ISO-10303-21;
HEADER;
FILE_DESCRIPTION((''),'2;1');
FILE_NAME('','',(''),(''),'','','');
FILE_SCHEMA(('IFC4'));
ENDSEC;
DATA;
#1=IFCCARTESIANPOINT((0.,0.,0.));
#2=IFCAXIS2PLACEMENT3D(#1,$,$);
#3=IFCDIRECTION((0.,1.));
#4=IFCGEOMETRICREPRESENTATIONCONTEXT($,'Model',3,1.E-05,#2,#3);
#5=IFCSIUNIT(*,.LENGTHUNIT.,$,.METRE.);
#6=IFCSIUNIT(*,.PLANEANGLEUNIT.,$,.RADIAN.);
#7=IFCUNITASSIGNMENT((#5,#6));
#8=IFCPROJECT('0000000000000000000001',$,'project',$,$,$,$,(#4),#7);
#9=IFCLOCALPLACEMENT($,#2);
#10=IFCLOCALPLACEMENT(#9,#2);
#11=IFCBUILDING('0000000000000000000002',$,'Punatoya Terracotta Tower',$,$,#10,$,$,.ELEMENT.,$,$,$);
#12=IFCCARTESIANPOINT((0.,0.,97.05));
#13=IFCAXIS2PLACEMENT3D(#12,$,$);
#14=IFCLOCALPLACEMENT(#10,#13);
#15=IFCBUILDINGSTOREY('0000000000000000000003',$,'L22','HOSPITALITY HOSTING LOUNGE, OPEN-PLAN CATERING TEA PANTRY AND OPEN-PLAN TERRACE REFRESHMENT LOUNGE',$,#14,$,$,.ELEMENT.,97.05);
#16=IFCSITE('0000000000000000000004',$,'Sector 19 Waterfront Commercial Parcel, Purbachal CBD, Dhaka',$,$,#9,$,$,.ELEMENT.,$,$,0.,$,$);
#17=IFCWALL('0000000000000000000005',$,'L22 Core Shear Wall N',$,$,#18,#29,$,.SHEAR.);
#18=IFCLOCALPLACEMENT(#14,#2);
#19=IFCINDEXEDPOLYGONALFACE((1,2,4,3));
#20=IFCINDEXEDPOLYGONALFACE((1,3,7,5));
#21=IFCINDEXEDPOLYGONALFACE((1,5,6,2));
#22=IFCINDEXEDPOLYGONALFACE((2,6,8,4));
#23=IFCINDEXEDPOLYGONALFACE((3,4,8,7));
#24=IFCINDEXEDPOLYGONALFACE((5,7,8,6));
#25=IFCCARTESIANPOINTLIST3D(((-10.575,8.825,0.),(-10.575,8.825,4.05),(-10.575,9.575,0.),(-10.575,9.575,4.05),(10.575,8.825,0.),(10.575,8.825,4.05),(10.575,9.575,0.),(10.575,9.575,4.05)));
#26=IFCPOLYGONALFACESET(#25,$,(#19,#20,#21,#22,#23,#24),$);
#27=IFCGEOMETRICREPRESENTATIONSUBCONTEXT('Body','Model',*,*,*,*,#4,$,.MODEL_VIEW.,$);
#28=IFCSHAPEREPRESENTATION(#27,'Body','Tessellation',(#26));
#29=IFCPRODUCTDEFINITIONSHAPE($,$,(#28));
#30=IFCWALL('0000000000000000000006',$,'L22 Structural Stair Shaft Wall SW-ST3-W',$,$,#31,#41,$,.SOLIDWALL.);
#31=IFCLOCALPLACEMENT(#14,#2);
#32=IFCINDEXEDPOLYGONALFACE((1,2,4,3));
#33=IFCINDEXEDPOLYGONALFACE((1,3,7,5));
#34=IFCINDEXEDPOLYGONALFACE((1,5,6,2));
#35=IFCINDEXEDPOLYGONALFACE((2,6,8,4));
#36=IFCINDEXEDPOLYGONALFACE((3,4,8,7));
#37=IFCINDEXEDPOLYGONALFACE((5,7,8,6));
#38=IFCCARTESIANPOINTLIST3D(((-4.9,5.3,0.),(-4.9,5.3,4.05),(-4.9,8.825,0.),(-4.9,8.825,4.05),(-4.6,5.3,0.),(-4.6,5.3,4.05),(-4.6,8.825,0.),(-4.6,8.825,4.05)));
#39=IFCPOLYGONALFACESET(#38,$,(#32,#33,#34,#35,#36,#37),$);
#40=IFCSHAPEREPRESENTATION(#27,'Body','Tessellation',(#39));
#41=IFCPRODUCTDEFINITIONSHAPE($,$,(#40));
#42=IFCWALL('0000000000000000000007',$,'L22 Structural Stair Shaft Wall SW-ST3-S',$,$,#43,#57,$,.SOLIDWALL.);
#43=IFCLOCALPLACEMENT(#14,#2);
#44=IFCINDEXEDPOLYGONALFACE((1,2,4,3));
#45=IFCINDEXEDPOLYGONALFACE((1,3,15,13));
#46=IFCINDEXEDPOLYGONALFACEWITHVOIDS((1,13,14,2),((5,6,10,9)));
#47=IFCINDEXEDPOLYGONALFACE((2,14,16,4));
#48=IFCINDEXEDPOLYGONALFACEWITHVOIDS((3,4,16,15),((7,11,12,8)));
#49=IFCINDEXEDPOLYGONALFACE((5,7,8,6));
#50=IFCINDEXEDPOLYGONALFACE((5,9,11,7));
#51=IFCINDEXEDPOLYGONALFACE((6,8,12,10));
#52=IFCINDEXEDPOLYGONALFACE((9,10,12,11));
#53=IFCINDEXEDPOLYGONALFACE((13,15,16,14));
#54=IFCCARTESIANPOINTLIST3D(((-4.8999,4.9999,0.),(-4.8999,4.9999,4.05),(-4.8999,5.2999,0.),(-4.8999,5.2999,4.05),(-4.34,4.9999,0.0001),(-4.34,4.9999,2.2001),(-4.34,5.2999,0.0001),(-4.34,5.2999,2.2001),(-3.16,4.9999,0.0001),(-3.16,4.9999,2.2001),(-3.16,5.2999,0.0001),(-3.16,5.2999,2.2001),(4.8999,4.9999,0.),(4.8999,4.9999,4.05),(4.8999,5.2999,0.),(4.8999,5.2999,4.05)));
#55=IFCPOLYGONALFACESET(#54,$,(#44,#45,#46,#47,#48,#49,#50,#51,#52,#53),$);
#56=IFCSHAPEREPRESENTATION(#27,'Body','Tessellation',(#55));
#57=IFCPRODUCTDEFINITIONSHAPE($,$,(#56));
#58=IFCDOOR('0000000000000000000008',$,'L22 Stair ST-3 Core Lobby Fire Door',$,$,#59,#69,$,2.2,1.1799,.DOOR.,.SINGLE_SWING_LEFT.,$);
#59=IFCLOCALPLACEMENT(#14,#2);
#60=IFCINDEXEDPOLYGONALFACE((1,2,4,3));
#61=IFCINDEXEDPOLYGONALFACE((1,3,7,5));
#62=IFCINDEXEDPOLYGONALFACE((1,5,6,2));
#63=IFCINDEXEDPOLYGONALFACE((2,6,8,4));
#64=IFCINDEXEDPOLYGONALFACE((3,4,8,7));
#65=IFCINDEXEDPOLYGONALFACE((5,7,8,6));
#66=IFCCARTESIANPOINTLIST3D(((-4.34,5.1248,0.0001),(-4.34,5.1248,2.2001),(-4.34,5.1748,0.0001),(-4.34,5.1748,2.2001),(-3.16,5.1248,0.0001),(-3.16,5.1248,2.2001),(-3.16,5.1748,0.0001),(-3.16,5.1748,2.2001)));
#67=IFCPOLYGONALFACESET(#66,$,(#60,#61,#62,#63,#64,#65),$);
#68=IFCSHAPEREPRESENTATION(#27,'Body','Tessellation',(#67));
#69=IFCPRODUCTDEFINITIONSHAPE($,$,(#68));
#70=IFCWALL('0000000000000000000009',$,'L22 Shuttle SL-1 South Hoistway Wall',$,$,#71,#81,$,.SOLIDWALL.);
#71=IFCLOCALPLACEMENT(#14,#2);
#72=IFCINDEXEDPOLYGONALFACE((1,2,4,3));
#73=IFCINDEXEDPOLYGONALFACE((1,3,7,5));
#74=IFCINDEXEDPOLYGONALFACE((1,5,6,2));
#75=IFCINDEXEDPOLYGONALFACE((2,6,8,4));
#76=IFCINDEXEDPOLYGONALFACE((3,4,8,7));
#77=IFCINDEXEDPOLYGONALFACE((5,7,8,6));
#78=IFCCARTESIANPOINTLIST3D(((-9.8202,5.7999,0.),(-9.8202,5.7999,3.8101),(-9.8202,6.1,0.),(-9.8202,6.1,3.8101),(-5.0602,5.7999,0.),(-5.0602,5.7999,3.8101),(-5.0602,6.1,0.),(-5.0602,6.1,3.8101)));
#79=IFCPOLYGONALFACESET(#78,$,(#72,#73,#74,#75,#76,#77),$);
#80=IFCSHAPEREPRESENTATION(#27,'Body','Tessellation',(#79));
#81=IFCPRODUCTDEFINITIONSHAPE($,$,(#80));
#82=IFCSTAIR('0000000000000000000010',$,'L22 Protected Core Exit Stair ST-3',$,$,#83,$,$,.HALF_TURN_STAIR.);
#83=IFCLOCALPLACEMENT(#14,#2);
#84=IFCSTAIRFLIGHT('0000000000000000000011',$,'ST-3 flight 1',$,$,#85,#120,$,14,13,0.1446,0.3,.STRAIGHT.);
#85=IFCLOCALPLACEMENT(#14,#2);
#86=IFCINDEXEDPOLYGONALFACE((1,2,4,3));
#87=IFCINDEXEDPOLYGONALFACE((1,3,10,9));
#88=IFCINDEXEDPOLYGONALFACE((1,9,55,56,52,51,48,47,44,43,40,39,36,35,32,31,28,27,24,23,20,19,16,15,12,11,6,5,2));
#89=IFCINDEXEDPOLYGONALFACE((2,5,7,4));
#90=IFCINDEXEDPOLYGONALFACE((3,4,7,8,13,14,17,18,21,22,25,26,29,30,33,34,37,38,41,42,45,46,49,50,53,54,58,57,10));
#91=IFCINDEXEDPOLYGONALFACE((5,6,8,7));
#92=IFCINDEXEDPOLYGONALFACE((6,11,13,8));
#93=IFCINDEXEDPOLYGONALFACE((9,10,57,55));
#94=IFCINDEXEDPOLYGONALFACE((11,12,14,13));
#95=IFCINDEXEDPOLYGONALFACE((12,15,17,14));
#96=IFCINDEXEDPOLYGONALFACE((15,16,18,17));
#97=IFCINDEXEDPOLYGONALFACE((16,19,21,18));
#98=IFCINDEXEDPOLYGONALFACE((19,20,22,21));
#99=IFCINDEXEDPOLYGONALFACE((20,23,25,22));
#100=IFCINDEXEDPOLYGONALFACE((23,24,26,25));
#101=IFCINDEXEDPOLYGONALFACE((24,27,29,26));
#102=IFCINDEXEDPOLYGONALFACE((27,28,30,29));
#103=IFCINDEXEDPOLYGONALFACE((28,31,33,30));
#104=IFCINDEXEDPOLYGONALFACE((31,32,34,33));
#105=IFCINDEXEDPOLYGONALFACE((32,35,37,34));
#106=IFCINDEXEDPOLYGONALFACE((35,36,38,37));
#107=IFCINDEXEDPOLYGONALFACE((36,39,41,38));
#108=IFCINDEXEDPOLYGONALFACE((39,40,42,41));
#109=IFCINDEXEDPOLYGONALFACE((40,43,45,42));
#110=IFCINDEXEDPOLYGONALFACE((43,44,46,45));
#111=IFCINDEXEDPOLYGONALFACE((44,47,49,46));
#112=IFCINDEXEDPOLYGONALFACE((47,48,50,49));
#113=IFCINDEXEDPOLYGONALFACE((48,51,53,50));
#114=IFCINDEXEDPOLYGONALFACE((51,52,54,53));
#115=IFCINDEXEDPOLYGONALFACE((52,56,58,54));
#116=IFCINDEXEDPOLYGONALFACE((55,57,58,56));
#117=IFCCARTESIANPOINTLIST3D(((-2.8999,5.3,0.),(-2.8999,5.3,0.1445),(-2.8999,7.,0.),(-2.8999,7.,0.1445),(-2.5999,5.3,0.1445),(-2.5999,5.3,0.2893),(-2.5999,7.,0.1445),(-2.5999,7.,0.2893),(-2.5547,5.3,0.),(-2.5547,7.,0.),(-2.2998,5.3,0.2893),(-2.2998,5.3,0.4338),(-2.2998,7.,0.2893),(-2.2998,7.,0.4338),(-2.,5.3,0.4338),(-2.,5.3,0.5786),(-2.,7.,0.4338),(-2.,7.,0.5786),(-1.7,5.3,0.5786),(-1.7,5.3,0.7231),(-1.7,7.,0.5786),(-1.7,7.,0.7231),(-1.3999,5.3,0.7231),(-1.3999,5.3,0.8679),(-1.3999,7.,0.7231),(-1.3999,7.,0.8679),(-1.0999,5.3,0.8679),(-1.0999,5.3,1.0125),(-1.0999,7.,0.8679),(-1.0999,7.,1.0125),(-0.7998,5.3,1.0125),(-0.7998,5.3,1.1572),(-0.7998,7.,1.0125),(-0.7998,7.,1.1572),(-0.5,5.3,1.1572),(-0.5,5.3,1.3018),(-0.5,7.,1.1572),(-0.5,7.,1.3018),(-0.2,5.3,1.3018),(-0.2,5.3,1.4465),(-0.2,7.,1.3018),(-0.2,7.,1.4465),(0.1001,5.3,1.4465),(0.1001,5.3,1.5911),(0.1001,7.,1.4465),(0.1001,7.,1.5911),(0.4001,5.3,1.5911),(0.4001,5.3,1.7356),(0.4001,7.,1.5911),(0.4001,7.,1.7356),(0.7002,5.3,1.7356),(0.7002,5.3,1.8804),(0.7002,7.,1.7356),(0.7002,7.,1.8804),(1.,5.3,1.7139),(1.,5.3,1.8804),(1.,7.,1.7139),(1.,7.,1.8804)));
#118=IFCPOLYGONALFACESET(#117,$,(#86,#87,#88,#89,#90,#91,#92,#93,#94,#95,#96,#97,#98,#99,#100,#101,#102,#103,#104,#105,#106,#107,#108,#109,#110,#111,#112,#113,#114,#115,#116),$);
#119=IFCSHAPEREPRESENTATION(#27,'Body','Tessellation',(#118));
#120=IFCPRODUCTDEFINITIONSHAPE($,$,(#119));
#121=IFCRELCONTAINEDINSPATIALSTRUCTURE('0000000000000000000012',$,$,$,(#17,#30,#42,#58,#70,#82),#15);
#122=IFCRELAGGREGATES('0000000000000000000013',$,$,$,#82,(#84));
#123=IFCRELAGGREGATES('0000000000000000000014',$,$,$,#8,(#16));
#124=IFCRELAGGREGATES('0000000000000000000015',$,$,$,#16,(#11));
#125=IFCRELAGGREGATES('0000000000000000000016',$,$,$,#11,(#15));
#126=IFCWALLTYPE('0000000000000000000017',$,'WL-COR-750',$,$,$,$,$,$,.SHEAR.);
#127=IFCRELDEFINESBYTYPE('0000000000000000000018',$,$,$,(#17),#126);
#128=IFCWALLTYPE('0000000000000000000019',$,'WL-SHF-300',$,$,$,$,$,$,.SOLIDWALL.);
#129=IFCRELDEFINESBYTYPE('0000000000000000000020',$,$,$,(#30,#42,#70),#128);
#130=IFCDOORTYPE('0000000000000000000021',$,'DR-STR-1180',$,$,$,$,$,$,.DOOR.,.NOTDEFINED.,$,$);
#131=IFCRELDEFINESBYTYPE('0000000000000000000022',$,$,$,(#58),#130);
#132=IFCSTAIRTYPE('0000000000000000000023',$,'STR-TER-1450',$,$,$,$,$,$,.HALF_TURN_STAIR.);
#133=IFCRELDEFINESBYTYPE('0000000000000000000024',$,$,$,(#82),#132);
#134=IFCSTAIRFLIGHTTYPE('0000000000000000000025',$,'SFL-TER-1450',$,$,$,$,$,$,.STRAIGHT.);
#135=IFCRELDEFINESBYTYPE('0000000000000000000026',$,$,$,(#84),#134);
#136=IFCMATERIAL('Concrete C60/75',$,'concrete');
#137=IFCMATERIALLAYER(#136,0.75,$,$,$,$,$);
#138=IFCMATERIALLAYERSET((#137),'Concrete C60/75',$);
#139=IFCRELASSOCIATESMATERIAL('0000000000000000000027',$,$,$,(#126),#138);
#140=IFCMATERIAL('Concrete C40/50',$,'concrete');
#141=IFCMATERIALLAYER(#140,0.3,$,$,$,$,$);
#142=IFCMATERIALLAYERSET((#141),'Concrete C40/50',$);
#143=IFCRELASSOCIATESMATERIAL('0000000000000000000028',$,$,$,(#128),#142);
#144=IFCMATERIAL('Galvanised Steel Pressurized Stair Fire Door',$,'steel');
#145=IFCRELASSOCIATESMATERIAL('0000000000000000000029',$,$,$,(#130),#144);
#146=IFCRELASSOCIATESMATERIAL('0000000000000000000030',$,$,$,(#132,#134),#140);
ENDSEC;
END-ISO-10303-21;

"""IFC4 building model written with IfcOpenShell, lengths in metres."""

from ifc_helpers import new_model, si_unit, direction, frame, frame_2d, origin, place, context, subcontext, project, spatial, polyline, rectangle, outline, extrude, material, layer, layer_set, type_object, element, fill, aggregate, save


model = new_model("IFC4")

# Units and contexts
model_context = context("Model", 3, precision=1e-05, world=origin(), true_north=direction((0.0, 1.0)))
body_context = subcontext(model_context, "Body", "Model", "MODEL_VIEW")
ifc_project = project(units=[si_unit("LENGTHUNIT", "METRE"), si_unit("PLANEANGLEUNIT", "RADIAN")], contexts=[model_context])

# Site, building, storey
site_placement = place(None, origin())
site = spatial("IfcSite", under=ifc_project, at=site_placement, Name="Sector 19 Waterfront Commercial Parcel, Purbachal CBD, Dhaka", CompositionType="ELEMENT", RefElevation=0.0)
building_placement = place(site_placement, origin())
building = spatial("IfcBuilding", under=site, at=building_placement, Name="Punatoya Terracotta Tower", CompositionType="ELEMENT")
storey_placement = place(building_placement, frame((0.0, 0.0, 97.05)))
storey = spatial("IfcBuildingStorey", under=building, at=storey_placement, Name="L22", Description="HOSPITALITY HOSTING LOUNGE, OPEN-PLAN CATERING TEA PANTRY AND OPEN-PLAN TERRACE REFRESHMENT LOUNGE", CompositionType="ELEMENT", Elevation=97.05)

# Shared definitions
ifc_material_1 = material(Name="Concrete C40/50", Category="concrete")

# Walls
ifc_material_2 = material(Name="Concrete C60/75", Category="concrete")
ifc_layer_1 = layer(ifc_material_2, 0.75)
ifc_layer_set_1 = layer_set([ifc_layer_1], Name="Concrete C60/75")
wall_type_1 = type_object("IfcWallType", Name="WL-COR-750", PredefinedType="SHEAR", material=ifc_layer_set_1)
wall_1_placement = place(storey_placement, frame((-10.575, 9.2, 0.0), z_axis=(0.0, 0.0, 1.0), x_axis=(1.0, 0.0, 0.0)))
element("IfcWall", 1, at=wall_1_placement, inside=storey, type_object=wall_type_1, Name="L22 Core Shear Wall N", PredefinedType="SHEAR", context=body_context, shape_type="SweptSolid", body=[
    extrude(rectangle(XDim=21.1499, YDim=0.75, at=frame_2d((10.575, 0.0))), origin(), (0.0, 0.0, 1.0), 4.05),
])
ifc_layer_2 = layer(ifc_material_1, 0.3)
ifc_layer_set_2 = layer_set([ifc_layer_2], Name="Concrete C40/50")
wall_type_2 = type_object("IfcWallType", Name="WL-SHF-300", PredefinedType="SOLIDWALL", material=ifc_layer_set_2)
wall_2_placement = place(storey_placement, frame((-4.75, 5.3, 0.0), z_axis=(0.0, 0.0, 1.0), x_axis=(0.0, 1.0, 0.0)))
element("IfcWall", 2, at=wall_2_placement, inside=storey, type_object=wall_type_2, Name="L22 Structural Stair Shaft Wall SW-ST3-W", PredefinedType="SOLIDWALL", context=body_context, shape_type="SweptSolid", body=[
    extrude(rectangle(XDim=3.5249, YDim=0.3, at=frame_2d((1.7625, 0.0))), origin(), (0.0, 0.0, 1.0), 4.05),
])

# Wall, opening, door
wall_3_placement = place(storey_placement, frame((-4.8999, 5.1499, 0.0), z_axis=(0.0, 0.0, 1.0), x_axis=(1.0, 0.0, 0.0)))
wall_3 = element("IfcWall", 3, at=wall_3_placement, inside=storey, type_object=wall_type_2, Name="L22 Structural Stair Shaft Wall SW-ST3-S", PredefinedType="SOLIDWALL", context=body_context, shape_type="SweptSolid", body=[
    extrude(rectangle(XDim=9.7998, YDim=0.3, at=frame_2d((4.8999, 0.0))), origin(), (0.0, 0.0, 1.0), 4.05),
])
opening_1_placement = place(wall_3_placement, frame((0.5601, 0.0, 0.0)))
opening_1 = element("IfcOpeningElement", 4, at=opening_1_placement, cuts=wall_3, PredefinedType="OPENING", context=body_context, shape_type="SweptSolid", body=[
    extrude(rectangle(XDim=1.1799, YDim=2.2, at=frame_2d((0.5898, 1.1001))), frame((0.0, 0.1599, 0.0), z_axis=(0.0, -1.0, 0.0), x_axis=(1.0, 0.0, 0.0)), (0.0, 0.0, 1.0), 0.3201),
])
ifc_material_3 = material(Name="Galvanised Steel Pressurized Stair Fire Door", Category="steel")
door_type_1 = type_object("IfcDoorType", Name="DR-STR-1180", OperationType="NOTDEFINED", PredefinedType="DOOR", material=ifc_material_3)
door_1_placement = place(opening_1_placement, origin())
door_1 = element("IfcDoor", 5, at=door_1_placement, inside=storey, type_object=door_type_1, Name="L22 Stair ST-3 Core Lobby Fire Door", OperationType="SINGLE_SWING_LEFT", OverallHeight=2.2, OverallWidth=1.1799, PredefinedType="DOOR", context=body_context, shape_type="SweptSolid", body=[
    extrude(rectangle(XDim=1.1799, YDim=2.2, at=frame_2d((0.5898, 1.1001))), frame((0.0, 0.0249, 0.0), z_axis=(0.0, -1.0, 0.0), x_axis=(1.0, 0.0, 0.0)), (0.0, 0.0, 1.0), 0.05),
])
fill(opening_1, door_1)

# Wall
wall_4_placement = place(storey_placement, frame((-9.8201, 5.95, 0.0), z_axis=(0.0, 0.0, 1.0), x_axis=(1.0, 0.0, 0.0)))
element("IfcWall", 6, at=wall_4_placement, inside=storey, type_object=wall_type_2, Name="L22 Shuttle SL-1 South Hoistway Wall", PredefinedType="SOLIDWALL", context=body_context, shape_type="SweptSolid", body=[
    extrude(rectangle(XDim=4.76, YDim=0.3, at=frame_2d((2.3799, 0.0))), origin(), (0.0, 0.0, 1.0), 3.8101),
])

# Stair, stair flight
stair_type = type_object("IfcStairType", Name="STR-TER-1450", PredefinedType="HALF_TURN_STAIR", material=ifc_material_1)
stair_placement = place(storey_placement, origin())
stair = element("IfcStair", 7, at=stair_placement, inside=storey, type_object=stair_type, Name="L22 Protected Core Exit Stair ST-3", PredefinedType="HALF_TURN_STAIR")
stair_flight_type = type_object("IfcStairFlightType", Name="SFL-TER-1450", PredefinedType="STRAIGHT", material=ifc_material_1)
stair_flight_placement = place(storey_placement, frame((-2.8999, 6.1499, 0.0), z_axis=(0.0, 0.0, 1.0), x_axis=(1.0, 0.0, 0.0)))
stair_flight = element("IfcStairFlight", 8, at=stair_flight_placement, type_object=stair_flight_type, Name="ST-3 flight 1", NumberOfRisers=14, NumberOfTreads=13, PredefinedType="STRAIGHT", RiserHeight=0.1446, TreadLength=0.3, context=body_context, shape_type="SweptSolid", body=[
    extrude(outline(polyline([(0.0, 0.0), (0.0, 0.1445), (0.3, 0.1445), (0.3, 0.2893), (0.6001, 0.2893), (0.6001, 0.4338), (0.8999, 0.4338), (0.8999, 0.5786), (1.2, 0.5786), (1.2, 0.7231), (1.5, 0.7231), (1.5, 0.8679), (1.8, 0.8679), (1.8, 1.0125), (2.1001, 1.0125), (2.1001, 1.1572), (2.3999, 1.1572), (2.3999, 1.3018), (2.7, 1.3018), (2.7, 1.4465), (3.0, 1.4465), (3.0, 1.5911), (3.3, 1.5911), (3.3, 1.7356), (3.6001, 1.7356), (3.6001, 1.8804), (3.8999, 1.8804), (3.8999, 2.0249), (3.8999, 1.7139), (0.3452, 0.0), (0.0, 0.0)])), frame((0.0, 0.8501, 0.0), z_axis=(0.0, -1.0, 0.0), x_axis=(1.0, 0.0, 0.0)), (0.0, 0.0, 1.0), 1.7),
])
aggregate(stair, [stair_flight])

save(model, "model.ifc")
